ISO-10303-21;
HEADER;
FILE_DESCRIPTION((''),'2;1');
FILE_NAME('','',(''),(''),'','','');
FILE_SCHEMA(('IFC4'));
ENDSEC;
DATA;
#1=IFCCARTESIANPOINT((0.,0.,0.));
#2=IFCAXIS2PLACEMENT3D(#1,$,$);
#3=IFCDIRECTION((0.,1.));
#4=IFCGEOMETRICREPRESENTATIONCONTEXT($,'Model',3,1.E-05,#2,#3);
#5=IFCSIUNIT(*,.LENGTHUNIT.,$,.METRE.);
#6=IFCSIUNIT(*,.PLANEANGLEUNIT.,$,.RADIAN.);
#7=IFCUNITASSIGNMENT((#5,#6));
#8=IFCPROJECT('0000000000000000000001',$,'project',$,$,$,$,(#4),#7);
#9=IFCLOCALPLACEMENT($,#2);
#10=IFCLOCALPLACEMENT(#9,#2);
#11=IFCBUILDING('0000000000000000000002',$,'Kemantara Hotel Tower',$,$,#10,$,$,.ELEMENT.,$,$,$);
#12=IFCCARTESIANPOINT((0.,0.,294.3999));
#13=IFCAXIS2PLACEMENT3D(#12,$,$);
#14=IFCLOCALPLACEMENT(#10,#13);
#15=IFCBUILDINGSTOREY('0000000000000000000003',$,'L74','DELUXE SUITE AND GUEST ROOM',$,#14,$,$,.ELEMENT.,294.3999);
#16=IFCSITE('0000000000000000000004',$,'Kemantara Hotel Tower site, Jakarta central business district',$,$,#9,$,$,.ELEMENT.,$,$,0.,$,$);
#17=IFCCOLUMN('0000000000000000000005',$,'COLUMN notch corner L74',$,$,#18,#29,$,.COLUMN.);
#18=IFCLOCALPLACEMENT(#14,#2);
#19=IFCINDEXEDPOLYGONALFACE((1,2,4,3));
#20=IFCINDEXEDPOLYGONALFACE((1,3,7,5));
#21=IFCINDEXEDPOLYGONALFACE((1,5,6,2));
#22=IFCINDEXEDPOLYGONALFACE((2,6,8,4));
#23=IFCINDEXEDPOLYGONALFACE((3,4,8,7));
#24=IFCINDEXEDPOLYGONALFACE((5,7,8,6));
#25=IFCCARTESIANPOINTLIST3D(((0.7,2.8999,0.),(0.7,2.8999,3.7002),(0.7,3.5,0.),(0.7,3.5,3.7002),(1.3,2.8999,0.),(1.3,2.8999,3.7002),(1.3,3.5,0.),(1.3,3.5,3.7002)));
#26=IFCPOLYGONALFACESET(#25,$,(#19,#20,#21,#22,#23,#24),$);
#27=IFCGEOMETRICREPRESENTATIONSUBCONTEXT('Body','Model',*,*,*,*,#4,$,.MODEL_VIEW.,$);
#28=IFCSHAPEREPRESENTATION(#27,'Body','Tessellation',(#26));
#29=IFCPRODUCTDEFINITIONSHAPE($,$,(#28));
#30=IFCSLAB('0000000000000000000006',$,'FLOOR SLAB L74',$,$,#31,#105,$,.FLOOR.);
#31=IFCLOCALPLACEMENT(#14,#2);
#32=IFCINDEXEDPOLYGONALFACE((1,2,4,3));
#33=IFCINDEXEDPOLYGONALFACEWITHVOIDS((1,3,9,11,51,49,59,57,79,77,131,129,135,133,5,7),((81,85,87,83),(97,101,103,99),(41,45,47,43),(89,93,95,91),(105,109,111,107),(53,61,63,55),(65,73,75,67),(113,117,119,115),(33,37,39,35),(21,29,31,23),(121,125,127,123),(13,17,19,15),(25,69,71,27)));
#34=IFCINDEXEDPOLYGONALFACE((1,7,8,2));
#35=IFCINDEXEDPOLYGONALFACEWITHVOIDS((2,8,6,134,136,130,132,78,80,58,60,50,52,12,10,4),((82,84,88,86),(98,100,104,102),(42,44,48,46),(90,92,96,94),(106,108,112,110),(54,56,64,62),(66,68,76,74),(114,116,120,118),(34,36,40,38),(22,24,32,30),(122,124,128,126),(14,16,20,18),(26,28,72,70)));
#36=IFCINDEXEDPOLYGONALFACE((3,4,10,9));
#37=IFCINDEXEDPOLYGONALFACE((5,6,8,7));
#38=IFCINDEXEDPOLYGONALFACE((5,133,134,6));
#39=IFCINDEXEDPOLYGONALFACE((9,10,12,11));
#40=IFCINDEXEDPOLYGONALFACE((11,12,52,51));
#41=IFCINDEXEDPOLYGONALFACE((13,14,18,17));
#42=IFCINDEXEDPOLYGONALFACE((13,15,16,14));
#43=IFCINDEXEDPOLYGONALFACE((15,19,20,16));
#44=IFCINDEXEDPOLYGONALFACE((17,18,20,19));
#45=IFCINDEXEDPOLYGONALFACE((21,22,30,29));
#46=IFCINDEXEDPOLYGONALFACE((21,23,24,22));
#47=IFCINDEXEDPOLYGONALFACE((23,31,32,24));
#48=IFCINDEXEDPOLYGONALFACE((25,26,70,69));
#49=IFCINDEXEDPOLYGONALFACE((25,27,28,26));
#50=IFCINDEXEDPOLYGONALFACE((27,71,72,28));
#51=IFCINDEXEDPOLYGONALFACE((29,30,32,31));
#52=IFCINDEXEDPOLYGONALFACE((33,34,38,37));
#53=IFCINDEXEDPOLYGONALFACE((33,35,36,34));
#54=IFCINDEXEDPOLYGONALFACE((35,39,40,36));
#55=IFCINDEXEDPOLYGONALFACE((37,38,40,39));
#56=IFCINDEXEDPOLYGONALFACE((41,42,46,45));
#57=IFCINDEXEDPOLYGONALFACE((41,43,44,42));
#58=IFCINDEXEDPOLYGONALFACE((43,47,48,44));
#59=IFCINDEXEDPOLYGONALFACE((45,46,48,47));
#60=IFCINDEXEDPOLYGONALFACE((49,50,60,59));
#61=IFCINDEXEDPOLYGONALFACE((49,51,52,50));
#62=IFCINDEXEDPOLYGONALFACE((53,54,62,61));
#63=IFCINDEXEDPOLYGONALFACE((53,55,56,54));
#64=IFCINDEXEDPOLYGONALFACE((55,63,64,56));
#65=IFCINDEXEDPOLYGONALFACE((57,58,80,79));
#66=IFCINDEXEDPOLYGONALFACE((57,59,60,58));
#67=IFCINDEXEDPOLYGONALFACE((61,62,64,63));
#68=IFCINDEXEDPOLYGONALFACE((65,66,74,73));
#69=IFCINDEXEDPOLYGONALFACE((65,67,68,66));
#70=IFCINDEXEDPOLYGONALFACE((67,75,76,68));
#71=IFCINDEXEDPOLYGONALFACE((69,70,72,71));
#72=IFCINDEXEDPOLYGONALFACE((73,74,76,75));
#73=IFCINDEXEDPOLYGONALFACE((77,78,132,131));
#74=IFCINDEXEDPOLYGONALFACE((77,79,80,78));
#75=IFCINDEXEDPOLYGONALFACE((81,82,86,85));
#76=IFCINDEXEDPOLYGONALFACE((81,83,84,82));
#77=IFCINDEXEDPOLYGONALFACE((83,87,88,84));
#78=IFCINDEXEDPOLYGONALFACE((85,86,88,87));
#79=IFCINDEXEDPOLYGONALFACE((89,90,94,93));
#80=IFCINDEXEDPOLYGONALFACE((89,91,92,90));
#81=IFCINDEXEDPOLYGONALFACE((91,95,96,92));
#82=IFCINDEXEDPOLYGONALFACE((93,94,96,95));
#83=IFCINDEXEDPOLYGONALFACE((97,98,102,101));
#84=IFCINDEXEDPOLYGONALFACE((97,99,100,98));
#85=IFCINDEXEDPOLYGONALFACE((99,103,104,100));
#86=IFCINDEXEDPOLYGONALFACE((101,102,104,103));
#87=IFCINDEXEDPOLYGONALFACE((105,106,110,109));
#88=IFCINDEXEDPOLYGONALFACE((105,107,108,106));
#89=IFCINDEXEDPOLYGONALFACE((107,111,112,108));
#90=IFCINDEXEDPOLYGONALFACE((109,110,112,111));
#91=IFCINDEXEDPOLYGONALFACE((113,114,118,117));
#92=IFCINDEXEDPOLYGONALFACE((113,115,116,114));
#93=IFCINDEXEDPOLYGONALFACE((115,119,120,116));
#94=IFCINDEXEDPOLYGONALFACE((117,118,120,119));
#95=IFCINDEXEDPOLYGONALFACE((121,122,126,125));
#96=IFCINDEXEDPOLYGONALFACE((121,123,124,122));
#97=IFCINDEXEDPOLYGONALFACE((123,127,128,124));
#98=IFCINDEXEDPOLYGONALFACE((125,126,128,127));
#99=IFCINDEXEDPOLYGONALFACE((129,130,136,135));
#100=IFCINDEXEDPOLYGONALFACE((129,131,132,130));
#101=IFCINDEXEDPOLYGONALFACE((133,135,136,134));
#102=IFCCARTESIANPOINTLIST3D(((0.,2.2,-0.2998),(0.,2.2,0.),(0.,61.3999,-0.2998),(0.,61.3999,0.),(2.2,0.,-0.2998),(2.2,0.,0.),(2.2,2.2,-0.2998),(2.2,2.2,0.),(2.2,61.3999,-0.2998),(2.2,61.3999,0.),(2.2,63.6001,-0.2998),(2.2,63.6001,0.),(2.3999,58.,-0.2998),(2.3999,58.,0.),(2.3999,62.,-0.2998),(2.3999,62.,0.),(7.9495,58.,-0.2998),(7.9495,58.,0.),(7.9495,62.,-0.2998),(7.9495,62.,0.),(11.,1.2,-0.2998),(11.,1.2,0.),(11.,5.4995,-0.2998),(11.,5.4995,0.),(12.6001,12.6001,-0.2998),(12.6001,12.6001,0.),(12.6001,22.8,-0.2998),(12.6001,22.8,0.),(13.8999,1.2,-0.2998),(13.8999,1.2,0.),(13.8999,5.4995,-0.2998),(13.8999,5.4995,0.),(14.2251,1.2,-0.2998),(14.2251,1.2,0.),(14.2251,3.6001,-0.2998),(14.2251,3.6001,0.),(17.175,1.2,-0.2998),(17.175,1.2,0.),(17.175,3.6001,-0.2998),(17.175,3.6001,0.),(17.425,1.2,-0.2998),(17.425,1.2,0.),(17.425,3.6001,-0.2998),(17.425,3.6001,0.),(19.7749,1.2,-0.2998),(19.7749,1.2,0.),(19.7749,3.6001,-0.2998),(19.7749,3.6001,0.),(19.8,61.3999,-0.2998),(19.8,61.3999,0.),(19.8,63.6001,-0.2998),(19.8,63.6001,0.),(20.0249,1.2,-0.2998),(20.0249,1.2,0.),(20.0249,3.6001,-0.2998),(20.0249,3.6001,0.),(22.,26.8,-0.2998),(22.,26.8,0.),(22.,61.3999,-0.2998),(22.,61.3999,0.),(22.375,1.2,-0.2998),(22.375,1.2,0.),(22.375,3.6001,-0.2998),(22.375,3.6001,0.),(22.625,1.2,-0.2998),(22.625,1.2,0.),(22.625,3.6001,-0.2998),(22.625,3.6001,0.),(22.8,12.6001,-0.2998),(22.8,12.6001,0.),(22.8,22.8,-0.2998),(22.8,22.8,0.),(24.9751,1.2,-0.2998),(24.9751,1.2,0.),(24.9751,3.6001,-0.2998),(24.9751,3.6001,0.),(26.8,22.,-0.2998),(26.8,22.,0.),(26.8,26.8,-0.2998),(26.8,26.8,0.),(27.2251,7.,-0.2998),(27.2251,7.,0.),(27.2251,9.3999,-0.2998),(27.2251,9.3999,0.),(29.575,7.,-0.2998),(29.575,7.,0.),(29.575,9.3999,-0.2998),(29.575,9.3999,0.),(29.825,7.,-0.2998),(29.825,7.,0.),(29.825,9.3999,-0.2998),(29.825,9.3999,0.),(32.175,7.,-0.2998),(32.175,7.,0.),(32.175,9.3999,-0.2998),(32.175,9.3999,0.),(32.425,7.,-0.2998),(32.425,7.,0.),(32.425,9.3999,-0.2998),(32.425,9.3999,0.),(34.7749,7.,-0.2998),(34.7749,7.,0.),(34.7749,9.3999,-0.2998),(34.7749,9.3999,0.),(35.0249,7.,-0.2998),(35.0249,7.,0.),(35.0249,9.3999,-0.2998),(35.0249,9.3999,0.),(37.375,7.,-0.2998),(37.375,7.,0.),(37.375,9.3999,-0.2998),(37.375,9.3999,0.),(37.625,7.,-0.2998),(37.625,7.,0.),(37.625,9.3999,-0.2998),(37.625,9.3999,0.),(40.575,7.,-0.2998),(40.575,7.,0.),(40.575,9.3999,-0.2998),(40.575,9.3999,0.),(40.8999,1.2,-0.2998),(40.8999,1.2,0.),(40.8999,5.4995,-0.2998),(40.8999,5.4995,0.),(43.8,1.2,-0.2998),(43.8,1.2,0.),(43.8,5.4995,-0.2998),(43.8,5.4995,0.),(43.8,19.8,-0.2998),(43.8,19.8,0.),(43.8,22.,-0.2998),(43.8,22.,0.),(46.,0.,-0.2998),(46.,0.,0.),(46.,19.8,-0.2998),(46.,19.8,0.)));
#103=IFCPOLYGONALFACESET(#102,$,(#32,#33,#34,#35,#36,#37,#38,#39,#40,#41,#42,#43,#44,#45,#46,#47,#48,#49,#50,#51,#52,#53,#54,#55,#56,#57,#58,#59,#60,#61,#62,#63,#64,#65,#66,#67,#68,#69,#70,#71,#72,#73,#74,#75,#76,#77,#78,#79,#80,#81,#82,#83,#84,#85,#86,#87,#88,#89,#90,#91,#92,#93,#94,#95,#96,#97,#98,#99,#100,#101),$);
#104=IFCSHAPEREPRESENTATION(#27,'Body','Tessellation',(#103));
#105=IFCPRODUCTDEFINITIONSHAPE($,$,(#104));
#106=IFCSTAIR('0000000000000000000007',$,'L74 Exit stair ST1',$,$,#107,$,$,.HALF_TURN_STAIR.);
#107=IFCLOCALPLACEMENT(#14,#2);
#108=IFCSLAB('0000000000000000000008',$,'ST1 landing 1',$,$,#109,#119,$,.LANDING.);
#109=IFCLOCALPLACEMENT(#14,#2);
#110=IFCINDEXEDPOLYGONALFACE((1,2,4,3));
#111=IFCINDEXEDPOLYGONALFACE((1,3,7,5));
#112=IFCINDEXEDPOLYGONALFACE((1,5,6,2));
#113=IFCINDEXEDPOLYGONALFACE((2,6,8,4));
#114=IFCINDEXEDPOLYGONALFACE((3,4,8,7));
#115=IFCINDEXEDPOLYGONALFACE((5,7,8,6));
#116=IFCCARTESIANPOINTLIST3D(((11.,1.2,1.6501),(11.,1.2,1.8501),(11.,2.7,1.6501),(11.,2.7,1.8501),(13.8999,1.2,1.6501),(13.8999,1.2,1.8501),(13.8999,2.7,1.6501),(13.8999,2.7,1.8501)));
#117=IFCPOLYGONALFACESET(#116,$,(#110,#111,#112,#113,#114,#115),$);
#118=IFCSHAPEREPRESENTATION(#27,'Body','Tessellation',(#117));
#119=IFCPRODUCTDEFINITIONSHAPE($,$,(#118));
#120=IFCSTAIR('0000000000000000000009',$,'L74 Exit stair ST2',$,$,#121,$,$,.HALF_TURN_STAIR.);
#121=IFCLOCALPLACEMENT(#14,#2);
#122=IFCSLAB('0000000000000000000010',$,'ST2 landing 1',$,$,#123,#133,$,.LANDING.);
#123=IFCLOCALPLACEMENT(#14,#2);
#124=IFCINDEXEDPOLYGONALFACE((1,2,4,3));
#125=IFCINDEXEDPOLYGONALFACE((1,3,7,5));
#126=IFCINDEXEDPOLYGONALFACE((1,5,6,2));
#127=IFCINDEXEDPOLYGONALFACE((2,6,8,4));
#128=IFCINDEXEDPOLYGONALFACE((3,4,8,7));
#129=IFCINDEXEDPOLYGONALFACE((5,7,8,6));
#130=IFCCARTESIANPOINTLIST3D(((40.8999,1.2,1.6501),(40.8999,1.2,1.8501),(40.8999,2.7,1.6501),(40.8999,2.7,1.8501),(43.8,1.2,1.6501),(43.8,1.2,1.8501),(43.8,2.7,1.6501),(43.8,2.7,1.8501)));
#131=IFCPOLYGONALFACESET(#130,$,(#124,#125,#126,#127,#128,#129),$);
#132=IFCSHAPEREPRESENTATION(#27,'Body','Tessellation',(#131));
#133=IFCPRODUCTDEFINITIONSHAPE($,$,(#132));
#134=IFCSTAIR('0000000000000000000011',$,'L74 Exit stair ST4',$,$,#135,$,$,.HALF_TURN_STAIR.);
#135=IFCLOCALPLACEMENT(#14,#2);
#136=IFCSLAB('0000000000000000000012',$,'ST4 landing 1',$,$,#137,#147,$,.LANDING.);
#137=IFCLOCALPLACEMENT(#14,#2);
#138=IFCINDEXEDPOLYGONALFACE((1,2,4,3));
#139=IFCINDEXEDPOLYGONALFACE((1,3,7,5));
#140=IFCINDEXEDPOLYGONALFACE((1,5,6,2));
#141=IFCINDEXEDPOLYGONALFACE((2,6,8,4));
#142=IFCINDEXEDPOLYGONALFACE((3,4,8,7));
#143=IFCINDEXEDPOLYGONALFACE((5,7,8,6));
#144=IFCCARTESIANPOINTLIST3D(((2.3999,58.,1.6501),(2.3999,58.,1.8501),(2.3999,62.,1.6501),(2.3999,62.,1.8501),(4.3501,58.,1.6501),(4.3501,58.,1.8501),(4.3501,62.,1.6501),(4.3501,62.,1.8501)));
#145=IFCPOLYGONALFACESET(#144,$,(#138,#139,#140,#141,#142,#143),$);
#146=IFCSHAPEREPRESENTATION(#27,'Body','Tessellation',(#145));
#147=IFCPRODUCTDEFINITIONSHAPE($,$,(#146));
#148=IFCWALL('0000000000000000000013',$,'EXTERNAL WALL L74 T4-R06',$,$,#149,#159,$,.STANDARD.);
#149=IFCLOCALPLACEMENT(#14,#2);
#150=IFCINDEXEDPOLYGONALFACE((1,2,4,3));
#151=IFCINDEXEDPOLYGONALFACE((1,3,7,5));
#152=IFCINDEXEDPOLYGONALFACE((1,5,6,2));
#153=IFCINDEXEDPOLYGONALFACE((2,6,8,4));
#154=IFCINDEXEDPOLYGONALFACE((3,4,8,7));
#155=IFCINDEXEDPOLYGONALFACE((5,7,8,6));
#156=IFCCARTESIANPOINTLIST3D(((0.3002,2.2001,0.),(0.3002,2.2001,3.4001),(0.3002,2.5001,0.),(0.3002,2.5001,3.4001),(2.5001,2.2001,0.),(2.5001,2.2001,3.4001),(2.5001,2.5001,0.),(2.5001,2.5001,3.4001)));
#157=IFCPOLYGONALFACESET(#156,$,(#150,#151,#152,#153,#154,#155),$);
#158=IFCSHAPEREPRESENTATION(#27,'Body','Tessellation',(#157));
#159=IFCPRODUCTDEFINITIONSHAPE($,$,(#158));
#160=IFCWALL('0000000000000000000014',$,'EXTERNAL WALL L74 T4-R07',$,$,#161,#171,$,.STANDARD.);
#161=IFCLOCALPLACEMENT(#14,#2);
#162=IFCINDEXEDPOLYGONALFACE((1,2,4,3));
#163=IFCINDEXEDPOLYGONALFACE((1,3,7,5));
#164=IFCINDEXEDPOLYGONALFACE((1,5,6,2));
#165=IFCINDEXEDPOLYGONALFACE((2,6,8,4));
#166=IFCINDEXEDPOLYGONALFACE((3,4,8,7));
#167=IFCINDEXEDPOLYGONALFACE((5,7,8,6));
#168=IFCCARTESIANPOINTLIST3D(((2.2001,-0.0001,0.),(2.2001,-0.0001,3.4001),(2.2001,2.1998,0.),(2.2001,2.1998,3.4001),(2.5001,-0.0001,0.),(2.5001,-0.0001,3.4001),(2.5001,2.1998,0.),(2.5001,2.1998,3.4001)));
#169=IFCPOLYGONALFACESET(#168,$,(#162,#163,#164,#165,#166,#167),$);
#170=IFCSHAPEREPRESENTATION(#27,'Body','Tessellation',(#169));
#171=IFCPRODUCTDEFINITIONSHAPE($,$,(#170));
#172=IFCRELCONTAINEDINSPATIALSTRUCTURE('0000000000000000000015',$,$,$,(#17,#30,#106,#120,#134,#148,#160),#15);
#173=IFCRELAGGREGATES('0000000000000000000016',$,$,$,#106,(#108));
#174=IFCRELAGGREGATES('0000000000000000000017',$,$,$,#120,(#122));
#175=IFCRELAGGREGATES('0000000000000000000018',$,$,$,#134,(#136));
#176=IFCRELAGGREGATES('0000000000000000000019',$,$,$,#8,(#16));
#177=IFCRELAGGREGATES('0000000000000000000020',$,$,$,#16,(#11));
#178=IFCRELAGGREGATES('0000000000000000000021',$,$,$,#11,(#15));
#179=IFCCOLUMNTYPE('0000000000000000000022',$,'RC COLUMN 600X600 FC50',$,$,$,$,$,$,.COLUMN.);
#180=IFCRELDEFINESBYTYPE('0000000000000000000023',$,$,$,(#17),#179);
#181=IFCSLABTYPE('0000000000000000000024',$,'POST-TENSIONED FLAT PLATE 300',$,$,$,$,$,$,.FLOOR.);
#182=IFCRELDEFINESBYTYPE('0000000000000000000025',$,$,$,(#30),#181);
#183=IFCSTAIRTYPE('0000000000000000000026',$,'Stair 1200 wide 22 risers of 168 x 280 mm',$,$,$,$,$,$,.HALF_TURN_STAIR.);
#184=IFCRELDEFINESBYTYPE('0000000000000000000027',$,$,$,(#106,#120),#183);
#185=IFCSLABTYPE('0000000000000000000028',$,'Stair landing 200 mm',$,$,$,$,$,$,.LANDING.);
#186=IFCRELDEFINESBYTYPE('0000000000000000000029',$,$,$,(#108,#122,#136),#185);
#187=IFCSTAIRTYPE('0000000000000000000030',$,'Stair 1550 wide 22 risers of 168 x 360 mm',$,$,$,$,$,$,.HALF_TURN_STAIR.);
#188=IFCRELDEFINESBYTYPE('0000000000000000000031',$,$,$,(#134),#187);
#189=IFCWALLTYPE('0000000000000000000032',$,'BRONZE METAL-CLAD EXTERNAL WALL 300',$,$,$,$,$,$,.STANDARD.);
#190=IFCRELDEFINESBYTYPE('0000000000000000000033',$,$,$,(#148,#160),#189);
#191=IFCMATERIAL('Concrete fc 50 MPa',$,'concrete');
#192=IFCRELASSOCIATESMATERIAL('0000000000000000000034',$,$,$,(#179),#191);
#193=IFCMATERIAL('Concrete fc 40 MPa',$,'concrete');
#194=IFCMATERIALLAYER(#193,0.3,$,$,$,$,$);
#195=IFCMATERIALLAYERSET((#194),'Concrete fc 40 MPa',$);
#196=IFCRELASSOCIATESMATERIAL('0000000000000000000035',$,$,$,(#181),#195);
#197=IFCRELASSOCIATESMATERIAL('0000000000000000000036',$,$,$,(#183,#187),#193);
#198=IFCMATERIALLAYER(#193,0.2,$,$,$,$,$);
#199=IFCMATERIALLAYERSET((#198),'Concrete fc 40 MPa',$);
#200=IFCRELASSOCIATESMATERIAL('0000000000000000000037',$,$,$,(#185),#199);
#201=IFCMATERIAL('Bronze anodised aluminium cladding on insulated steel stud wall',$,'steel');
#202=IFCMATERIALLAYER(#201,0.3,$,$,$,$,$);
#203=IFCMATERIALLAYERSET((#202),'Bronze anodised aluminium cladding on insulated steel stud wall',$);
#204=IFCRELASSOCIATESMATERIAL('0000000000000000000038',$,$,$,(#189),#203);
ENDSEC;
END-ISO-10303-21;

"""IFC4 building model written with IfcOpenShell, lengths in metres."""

from ifc_helpers import new_model, si_unit, direction, frame, frame_2d, origin, origin_2d, place, context, subcontext, project, spatial, polyline, rectangle, outline, extrude, material, layer, layer_set, material_profile, profile_set, type_object, element, aggregate, save


model = new_model("IFC4")

# Units and contexts
model_context = context("Model", 3, precision=1e-05, world=origin(), true_north=direction((0.0, 1.0)))
body_context = subcontext(model_context, "Body", "Model", "MODEL_VIEW")
ifc_project = project(units=[si_unit("LENGTHUNIT", "METRE"), si_unit("PLANEANGLEUNIT", "RADIAN")], contexts=[model_context])

# Site, building, storey
site_placement = place(None, origin())
site = spatial("IfcSite", under=ifc_project, at=site_placement, Name="Kemantara Hotel Tower site, Jakarta central business district", CompositionType="ELEMENT", RefElevation=0.0)
building_placement = place(site_placement, origin())
building = spatial("IfcBuilding", under=site, at=building_placement, Name="Kemantara Hotel Tower", CompositionType="ELEMENT")
storey_placement = place(building_placement, frame((0.0, 0.0, 294.3999)))
storey = spatial("IfcBuildingStorey", under=building, at=storey_placement, Name="L74", Description="DELUXE SUITE AND GUEST ROOM", CompositionType="ELEMENT", Elevation=294.3999)

# Column
ifc_material_1 = material(Name="Concrete fc 50 MPa", Category="concrete")
ifc_material_profile = material_profile(ifc_material_1, rectangle(XDim=0.6001, YDim=0.6001, at=origin_2d()), Name="RC 600X600")
ifc_profile_set = profile_set([ifc_material_profile], Name="Concrete fc 50 MPa")
column_type = type_object("IfcColumnType", Name="RC COLUMN 600X600 FC50", PredefinedType="COLUMN", material=ifc_profile_set)
column_placement = place(storey_placement, frame((1.0, 3.2, 0.0), z_axis=(0.0, 0.0, 1.0), x_axis=(1.0, 0.0, 0.0)))
element("IfcColumn", 1, at=column_placement, inside=storey, type_object=column_type, Name="COLUMN notch corner L74", PredefinedType="COLUMN", context=body_context, shape_type="SweptSolid", body=[
    extrude(rectangle(XDim=0.6001, YDim=0.6001, at=origin_2d()), origin(), (0.0, 0.0, 1.0), 3.7002),
])

# Slab
ifc_material_2 = material(Name="Concrete fc 40 MPa", Category="concrete")
ifc_layer_1 = layer(ifc_material_2, 0.3)
ifc_layer_set_1 = layer_set([ifc_layer_1], Name="Concrete fc 40 MPa")
slab_type_1 = type_object("IfcSlabType", Name="POST-TENSIONED FLAT PLATE 300", PredefinedType="FLOOR", material=ifc_layer_set_1)
slab_1_placement = place(storey_placement, frame((0.0, 0.0, -0.2998)))
element("IfcSlab", 2, at=slab_1_placement, inside=storey, type_object=slab_type_1, Name="FLOOR SLAB L74", PredefinedType="FLOOR", context=body_context, shape_type="SweptSolid", body=[
    extrude(outline(polyline([(22.0, 26.8), (22.0, 61.3999), (19.8, 61.3999), (19.8, 63.6001), (2.2, 63.6001), (2.2, 61.3999), (0.0, 61.3999), (0.0, 2.2), (2.2, 2.2), (2.2, 0.0), (46.0, 0.0), (46.0, 19.8), (43.8, 19.8), (43.8, 22.0), (26.8, 22.0), (26.8, 26.8), (22.0, 26.8)]), holes=[polyline([(17.175, 3.6001), (17.175, 1.2), (14.2251, 1.2), (14.2251, 3.6001), (17.175, 3.6001)]), polyline([(19.7749, 1.2), (17.425, 1.2), (17.425, 3.6001), (19.7749, 3.6001), (19.7749, 1.2)]), polyline([(22.375, 1.2), (20.0249, 1.2), (20.0249, 3.6001), (22.375, 3.6001), (22.375, 1.2)]), polyline([(24.9751, 3.6001), (24.9751, 1.2), (22.625, 1.2), (22.625, 3.6001), (24.9751, 3.6001)]), polyline([(11.0, 1.2), (11.0, 5.4995), (13.8999, 5.4995), (13.8999, 1.2), (11.0, 1.2)]), polyline([(22.8, 12.6001), (12.6001, 12.6001), (12.6001, 22.8), (22.8, 22.8), (22.8, 12.6001)]), polyline([(2.3999, 58.0), (2.3999, 62.0), (7.9495, 62.0), (7.9495, 58.0), (2.3999, 58.0)]), polyline([(40.8999, 1.2), (40.8999, 5.4995), (43.8, 5.4995), (43.8, 1.2), (40.8999, 1.2)]), polyline([(29.575, 7.0), (27.2251, 7.0), (27.2251, 9.3999), (29.575, 9.3999), (29.575, 7.0)]), polyline([(32.175, 7.0), (29.825, 7.0), (29.825, 9.3999), (32.175, 9.3999), (32.175, 7.0)]), polyline([(34.7749, 7.0), (32.425, 7.0), (32.425, 9.3999), (34.7749, 9.3999), (34.7749, 7.0)]), polyline([(37.375, 7.0), (35.0249, 7.0), (35.0249, 9.3999), (37.375, 9.3999), (37.375, 7.0)]), polyline([(40.575, 7.0), (37.625, 7.0), (37.625, 9.3999), (40.575, 9.3999), (40.575, 7.0)])]), origin(), (0.0, 0.0, 1.0), 0.2998),
])

# Stairs, slabs
stair_type_1 = type_object("IfcStairType", Name="Stair 1200 wide 22 risers of 168 x 280 mm", PredefinedType="HALF_TURN_STAIR", material=ifc_material_2)
stair_1_placement = place(storey_placement, origin())
stair_1 = element("IfcStair", 3, at=stair_1_placement, inside=storey, type_object=stair_type_1, Name="L74 Exit stair ST1", PredefinedType="HALF_TURN_STAIR")
ifc_layer_2 = layer(ifc_material_2, 0.2)
ifc_layer_set_2 = layer_set([ifc_layer_2], Name="Concrete fc 40 MPa")
slab_type_2 = type_object("IfcSlabType", Name="Stair landing 200 mm", PredefinedType="LANDING", material=ifc_layer_set_2)
slab_2_placement = place(storey_placement, frame((0.0, 0.0, 1.6501)))
slab_2 = element("IfcSlab", 4, at=slab_2_placement, type_object=slab_type_2, Name="ST1 landing 1", PredefinedType="LANDING", context=body_context, shape_type="SweptSolid", body=[
    extrude(outline(polyline([(11.0, 2.7), (11.0, 1.2), (13.8999, 1.2), (13.8999, 2.7), (11.0, 2.7)])), origin(), (0.0, 0.0, 1.0), 0.2),
])
aggregate(stair_1, [slab_2])
stair_2_placement = place(storey_placement, origin())
stair_2 = element("IfcStair", 5, at=stair_2_placement, inside=storey, type_object=stair_type_1, Name="L74 Exit stair ST2", PredefinedType="HALF_TURN_STAIR")
slab_3_placement = place(storey_placement, frame((0.0, 0.0, 1.6501)))
slab_3 = element("IfcSlab", 6, at=slab_3_placement, type_object=slab_type_2, Name="ST2 landing 1", PredefinedType="LANDING", context=body_context, shape_type="SweptSolid", body=[
    extrude(outline(polyline([(40.8999, 2.7), (40.8999, 1.2), (43.8, 1.2), (43.8, 2.7), (40.8999, 2.7)])), origin(), (0.0, 0.0, 1.0), 0.2),
])
aggregate(stair_2, [slab_3])
stair_type_2 = type_object("IfcStairType", Name="Stair 1550 wide 22 risers of 168 x 360 mm", PredefinedType="HALF_TURN_STAIR", material=ifc_material_2)
stair_3_placement = place(storey_placement, origin())
stair_3 = element("IfcStair", 7, at=stair_3_placement, inside=storey, type_object=stair_type_2, Name="L74 Exit stair ST4", PredefinedType="HALF_TURN_STAIR")
slab_4_placement = place(storey_placement, frame((0.0, 0.0, 1.6501)))
slab_4 = element("IfcSlab", 8, at=slab_4_placement, type_object=slab_type_2, Name="ST4 landing 1", PredefinedType="LANDING", context=body_context, shape_type="SweptSolid", body=[
    extrude(outline(polyline([(4.3501, 62.0), (2.3999, 62.0), (2.3999, 58.0), (4.3501, 58.0), (4.3501, 62.0)])), origin(), (0.0, 0.0, 1.0), 0.2),
])
aggregate(stair_3, [slab_4])

# Walls
ifc_material_3 = material(Name="Bronze anodised aluminium cladding on insulated steel stud wall", Category="steel")
ifc_layer_3 = layer(ifc_material_3, 0.3)
ifc_layer_set_3 = layer_set([ifc_layer_3], Name="Bronze anodised aluminium cladding on insulated steel stud wall")
wall_type_1 = type_object("IfcWallType", Name="BRONZE METAL-CLAD EXTERNAL WALL 300", PredefinedType="STANDARD", material=ifc_layer_set_3)
for number, where, z_axis, x_axis, name in (
    (9, (0.3, 2.3501, 0.0), (0.0, 0.0, 1.0), (1.0, 0.0, 0.0), "EXTERNAL WALL L74 T4-R06"),
    (10, (2.3501, 2.2, 0.0), (0.0, 0.0, 1.0), (0.0, -1.0, 0.0), "EXTERNAL WALL L74 T4-R07"),
):
    element("IfcWall", number, at=place(storey_placement, frame(where, z_axis=z_axis, x_axis=x_axis)), inside=storey, type_object=wall_type_1, Name=name, PredefinedType="STANDARD", context=body_context, shape_type="SweptSolid", body=[
        extrude(rectangle(XDim=2.2, YDim=0.3, at=frame_2d((1.1001, 0.0))), origin(), (0.0, 0.0, 1.0), 3.4001),
    ])

save(model, "model.ifc")
